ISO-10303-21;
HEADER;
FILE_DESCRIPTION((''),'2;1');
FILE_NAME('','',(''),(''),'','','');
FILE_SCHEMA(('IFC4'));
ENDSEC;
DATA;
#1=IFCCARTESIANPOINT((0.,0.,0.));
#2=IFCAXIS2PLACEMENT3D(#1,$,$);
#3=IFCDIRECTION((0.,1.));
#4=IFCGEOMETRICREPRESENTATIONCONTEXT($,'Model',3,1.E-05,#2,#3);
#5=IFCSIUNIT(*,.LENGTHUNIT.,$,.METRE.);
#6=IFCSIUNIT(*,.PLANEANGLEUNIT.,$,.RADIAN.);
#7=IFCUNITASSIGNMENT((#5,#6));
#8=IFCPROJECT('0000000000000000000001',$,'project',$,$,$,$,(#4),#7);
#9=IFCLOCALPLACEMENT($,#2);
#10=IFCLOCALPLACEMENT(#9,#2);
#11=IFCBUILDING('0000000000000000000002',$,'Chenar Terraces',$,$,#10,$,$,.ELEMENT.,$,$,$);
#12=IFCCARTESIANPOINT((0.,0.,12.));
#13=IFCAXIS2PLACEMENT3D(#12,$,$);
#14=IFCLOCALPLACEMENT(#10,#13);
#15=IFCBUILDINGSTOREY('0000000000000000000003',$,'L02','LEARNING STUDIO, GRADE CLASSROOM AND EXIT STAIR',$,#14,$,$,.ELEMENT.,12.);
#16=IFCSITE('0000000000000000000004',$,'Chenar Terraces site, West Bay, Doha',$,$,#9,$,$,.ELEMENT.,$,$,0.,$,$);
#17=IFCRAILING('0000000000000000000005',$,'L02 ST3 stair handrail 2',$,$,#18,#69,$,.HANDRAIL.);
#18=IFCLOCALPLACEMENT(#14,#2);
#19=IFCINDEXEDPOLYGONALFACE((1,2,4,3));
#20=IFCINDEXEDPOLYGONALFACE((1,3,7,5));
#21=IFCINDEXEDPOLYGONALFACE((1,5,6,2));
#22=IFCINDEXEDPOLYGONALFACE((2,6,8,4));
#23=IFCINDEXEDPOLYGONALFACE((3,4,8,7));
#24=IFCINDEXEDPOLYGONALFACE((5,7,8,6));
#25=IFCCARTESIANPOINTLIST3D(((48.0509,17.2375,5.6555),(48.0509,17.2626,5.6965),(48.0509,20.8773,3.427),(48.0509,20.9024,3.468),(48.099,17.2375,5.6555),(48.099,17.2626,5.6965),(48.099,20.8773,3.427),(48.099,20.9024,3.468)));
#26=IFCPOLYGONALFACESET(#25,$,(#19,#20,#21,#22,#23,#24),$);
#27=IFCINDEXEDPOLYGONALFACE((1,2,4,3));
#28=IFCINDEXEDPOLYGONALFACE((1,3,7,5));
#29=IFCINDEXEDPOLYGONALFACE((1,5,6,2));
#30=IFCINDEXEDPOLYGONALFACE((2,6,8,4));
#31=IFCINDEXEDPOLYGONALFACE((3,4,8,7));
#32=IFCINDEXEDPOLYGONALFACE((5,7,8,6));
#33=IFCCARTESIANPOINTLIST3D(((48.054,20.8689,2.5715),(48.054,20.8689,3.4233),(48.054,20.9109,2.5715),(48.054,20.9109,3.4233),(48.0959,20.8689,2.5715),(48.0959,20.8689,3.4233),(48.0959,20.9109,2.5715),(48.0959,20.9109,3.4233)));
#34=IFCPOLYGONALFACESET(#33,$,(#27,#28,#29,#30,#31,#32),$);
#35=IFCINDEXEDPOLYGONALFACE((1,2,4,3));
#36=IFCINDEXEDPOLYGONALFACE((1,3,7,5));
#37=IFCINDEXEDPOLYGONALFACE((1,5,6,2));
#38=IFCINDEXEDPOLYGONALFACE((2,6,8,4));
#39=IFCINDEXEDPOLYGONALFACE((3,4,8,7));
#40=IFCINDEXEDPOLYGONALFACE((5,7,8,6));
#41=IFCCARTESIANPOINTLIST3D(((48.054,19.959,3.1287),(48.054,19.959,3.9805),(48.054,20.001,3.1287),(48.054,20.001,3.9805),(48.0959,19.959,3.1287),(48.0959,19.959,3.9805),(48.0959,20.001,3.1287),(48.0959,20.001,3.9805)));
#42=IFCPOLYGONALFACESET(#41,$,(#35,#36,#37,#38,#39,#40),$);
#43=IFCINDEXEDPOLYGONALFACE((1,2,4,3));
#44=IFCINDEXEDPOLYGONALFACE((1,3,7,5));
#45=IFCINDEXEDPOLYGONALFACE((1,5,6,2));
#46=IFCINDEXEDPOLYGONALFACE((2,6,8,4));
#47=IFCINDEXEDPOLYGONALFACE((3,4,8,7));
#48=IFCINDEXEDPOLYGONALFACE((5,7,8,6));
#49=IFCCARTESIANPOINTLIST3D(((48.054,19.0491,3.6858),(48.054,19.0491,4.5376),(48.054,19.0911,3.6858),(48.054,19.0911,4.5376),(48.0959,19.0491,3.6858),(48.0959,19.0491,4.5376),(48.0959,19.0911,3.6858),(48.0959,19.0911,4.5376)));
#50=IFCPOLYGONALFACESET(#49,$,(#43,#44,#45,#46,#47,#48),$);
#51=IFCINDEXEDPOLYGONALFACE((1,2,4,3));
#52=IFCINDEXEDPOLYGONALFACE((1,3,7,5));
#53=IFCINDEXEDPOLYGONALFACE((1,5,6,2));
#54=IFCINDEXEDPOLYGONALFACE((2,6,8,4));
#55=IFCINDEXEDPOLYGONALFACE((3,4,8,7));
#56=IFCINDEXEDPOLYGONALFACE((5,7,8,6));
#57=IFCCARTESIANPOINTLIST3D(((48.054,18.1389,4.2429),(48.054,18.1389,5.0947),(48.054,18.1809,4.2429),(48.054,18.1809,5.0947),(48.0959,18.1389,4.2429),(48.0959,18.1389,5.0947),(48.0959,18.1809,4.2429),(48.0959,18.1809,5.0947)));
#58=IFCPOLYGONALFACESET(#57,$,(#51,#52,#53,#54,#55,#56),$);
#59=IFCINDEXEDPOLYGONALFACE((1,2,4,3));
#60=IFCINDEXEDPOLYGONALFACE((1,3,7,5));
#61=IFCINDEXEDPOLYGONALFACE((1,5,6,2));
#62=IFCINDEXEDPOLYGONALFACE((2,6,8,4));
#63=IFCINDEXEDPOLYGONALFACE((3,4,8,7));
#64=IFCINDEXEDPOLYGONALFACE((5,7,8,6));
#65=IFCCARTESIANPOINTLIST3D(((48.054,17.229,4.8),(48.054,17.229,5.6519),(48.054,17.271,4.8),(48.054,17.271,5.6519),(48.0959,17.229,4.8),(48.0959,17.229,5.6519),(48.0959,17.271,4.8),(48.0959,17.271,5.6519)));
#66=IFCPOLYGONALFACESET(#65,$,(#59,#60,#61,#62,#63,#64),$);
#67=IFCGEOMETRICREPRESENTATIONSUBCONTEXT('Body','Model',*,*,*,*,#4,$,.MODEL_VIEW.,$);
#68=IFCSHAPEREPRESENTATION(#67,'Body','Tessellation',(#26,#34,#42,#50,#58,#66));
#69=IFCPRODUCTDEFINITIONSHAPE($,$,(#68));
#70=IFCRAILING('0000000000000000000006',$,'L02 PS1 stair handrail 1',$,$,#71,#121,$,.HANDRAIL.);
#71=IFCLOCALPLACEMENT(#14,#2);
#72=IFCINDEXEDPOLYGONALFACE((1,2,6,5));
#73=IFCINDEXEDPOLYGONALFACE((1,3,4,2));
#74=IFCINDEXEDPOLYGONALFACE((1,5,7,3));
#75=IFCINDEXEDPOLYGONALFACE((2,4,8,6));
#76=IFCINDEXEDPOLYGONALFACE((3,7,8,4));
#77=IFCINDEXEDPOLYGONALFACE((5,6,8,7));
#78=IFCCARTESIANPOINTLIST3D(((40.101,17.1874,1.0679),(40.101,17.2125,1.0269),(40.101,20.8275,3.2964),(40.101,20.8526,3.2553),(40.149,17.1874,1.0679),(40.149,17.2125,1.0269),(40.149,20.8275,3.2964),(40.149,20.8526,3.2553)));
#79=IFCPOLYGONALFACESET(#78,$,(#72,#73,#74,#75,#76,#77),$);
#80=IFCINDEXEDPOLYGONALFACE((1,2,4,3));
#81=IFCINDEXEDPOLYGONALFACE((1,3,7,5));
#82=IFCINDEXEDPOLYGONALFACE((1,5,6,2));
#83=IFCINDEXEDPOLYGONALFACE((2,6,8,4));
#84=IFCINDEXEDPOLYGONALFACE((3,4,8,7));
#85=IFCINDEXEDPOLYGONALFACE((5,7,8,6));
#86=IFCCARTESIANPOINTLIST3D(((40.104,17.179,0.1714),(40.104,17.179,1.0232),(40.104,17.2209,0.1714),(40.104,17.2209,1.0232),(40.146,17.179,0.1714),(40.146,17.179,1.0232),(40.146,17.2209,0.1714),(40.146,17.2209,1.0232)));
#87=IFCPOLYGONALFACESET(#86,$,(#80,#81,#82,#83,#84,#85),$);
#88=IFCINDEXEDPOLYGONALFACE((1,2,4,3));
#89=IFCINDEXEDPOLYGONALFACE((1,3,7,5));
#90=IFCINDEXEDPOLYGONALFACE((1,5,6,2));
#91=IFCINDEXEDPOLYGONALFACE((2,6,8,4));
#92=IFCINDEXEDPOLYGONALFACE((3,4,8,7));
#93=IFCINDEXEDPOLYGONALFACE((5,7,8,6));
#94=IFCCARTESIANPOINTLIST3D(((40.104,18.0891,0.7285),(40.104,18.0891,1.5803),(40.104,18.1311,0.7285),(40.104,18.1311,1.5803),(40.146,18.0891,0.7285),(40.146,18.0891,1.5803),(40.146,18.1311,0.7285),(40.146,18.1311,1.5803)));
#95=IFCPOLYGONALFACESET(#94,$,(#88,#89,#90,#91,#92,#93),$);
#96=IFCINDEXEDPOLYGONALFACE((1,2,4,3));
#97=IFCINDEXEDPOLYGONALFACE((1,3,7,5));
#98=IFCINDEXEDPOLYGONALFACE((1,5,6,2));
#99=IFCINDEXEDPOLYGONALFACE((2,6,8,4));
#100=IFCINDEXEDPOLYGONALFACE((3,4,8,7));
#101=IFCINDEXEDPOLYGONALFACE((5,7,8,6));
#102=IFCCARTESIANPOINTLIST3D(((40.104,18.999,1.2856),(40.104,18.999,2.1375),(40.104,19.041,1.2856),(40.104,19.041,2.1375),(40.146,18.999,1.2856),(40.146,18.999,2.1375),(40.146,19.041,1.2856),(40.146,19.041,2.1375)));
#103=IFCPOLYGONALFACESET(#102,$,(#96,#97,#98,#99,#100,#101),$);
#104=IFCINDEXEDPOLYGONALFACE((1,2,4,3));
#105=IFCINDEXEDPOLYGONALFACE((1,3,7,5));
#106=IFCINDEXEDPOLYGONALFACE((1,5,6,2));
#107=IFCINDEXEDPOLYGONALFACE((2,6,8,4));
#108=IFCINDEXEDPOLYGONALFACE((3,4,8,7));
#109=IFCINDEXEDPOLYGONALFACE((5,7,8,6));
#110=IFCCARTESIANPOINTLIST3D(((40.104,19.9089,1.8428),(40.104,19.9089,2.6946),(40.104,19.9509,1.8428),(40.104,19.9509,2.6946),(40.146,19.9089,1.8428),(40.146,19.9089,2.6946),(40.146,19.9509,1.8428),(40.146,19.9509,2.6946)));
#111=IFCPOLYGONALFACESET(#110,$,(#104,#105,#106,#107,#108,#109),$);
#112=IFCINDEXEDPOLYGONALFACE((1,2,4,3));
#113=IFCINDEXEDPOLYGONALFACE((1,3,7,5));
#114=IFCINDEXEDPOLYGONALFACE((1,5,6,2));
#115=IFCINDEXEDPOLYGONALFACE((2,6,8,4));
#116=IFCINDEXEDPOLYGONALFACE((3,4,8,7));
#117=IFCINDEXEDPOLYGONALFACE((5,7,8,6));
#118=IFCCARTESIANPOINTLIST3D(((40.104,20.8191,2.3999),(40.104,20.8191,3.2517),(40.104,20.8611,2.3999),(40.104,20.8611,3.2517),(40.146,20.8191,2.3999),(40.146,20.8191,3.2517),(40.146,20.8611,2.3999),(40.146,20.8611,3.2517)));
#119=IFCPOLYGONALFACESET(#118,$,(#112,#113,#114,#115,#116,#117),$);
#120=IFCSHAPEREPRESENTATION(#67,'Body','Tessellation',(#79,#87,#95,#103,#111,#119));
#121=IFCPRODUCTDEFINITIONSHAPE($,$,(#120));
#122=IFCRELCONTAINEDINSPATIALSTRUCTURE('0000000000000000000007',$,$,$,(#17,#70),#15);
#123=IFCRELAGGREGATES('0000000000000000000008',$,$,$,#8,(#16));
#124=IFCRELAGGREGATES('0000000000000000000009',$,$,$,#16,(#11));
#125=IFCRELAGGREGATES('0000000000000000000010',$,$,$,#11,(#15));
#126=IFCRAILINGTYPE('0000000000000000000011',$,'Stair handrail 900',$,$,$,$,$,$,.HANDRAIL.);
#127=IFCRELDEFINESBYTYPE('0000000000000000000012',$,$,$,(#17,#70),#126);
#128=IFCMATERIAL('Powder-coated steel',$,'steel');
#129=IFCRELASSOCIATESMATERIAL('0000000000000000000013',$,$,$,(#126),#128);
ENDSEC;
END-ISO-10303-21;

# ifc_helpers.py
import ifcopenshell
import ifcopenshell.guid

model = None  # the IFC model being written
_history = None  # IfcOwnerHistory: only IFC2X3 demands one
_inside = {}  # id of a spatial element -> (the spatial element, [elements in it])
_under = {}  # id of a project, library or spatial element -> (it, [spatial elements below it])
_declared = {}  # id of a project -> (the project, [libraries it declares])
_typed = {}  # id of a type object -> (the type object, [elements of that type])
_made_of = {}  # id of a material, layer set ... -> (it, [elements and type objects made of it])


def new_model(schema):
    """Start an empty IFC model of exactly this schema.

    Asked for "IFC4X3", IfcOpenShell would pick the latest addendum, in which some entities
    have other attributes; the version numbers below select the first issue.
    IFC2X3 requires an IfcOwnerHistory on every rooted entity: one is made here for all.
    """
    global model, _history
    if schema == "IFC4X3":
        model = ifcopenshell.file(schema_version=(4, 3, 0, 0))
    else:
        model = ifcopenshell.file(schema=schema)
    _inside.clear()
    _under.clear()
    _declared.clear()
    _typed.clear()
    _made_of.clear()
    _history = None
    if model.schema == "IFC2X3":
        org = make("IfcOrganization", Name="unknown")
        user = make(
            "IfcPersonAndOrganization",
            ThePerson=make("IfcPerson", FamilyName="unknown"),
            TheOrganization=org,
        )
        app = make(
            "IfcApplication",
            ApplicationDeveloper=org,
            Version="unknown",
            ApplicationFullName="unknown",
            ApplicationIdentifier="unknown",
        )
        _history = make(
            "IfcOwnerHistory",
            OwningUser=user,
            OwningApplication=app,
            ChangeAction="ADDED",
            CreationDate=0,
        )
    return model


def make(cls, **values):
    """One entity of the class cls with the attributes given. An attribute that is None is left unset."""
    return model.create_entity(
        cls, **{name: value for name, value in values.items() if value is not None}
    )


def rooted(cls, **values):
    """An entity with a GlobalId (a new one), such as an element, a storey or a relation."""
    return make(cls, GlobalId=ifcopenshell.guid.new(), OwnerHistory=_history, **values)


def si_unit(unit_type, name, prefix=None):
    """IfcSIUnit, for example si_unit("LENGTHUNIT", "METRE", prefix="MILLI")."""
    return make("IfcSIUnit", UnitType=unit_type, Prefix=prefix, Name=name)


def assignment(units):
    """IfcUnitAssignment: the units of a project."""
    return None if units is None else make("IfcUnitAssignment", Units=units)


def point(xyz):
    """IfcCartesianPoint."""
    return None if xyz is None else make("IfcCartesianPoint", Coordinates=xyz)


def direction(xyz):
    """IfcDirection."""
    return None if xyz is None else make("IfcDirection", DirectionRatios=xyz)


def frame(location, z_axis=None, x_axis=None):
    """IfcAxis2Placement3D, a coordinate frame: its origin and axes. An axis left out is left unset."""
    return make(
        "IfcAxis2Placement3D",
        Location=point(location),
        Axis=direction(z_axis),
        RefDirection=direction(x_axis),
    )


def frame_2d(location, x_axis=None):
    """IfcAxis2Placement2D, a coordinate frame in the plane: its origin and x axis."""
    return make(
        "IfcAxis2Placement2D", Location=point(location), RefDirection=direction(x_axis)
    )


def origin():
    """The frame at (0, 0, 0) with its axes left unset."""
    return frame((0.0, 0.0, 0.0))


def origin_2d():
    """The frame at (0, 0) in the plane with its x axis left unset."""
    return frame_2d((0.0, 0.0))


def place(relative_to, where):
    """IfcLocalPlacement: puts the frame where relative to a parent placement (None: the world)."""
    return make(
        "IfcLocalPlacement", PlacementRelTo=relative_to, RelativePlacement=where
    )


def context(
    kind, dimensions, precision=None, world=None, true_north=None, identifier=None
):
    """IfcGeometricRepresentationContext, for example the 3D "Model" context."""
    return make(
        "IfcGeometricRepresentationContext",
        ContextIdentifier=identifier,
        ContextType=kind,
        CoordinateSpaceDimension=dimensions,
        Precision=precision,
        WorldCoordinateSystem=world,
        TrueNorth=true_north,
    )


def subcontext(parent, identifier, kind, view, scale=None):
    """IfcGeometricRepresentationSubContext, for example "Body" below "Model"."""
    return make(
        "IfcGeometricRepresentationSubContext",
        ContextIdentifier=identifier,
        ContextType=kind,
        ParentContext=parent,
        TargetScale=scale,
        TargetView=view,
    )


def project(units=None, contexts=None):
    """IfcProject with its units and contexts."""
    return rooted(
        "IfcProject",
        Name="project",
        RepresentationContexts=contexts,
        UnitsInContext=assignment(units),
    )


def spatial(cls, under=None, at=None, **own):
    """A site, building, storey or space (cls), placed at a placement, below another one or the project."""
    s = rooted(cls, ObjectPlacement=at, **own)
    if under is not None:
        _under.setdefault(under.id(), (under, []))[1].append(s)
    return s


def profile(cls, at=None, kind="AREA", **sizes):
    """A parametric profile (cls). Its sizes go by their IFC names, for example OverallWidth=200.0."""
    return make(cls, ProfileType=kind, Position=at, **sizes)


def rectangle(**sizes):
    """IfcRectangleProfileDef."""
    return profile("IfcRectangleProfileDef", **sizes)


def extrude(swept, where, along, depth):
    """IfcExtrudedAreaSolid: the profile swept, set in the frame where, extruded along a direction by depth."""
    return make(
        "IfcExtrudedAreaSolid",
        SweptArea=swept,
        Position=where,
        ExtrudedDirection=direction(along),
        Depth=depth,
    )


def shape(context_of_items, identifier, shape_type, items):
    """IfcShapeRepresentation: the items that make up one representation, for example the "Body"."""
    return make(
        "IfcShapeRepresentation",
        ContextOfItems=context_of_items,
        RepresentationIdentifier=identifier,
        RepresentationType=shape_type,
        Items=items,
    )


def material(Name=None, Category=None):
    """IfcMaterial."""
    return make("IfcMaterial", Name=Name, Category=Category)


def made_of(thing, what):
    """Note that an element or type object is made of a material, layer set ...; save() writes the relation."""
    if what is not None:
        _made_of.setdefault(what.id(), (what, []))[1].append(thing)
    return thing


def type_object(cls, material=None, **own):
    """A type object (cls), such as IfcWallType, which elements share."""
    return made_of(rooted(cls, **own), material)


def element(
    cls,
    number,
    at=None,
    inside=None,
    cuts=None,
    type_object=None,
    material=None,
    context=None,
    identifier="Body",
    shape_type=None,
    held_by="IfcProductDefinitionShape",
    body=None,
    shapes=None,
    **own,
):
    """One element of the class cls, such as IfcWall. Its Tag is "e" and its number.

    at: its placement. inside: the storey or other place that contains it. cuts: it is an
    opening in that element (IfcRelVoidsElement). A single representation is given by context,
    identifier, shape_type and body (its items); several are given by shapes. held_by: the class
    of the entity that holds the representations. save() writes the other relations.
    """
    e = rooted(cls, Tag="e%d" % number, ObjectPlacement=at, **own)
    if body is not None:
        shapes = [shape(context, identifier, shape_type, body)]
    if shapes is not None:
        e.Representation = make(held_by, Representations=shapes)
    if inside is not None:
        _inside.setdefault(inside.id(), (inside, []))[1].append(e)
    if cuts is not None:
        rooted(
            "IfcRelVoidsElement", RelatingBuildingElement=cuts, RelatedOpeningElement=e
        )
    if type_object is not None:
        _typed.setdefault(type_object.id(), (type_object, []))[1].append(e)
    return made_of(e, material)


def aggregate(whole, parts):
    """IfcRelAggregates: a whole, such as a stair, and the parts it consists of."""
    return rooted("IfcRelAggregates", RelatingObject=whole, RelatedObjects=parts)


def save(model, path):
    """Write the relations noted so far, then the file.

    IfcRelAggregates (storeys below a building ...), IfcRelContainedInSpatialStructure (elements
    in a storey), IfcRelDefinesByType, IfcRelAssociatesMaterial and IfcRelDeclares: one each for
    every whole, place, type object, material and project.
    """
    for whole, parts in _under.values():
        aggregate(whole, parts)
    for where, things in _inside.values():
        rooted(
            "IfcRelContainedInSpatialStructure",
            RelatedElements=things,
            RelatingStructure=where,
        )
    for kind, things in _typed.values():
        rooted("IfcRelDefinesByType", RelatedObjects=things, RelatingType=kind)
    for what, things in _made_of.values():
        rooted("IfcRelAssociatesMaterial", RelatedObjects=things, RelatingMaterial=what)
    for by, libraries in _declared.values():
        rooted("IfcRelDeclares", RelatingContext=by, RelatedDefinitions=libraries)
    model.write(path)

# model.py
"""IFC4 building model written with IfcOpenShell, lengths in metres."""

from ifc_helpers import new_model, si_unit, direction, frame, origin, origin_2d, place, context, subcontext, project, spatial, rectangle, extrude, material, type_object, element, save


model = new_model("IFC4")

# Units and contexts
model_context = context("Model", 3, precision=1e-05, world=origin(), true_north=direction((0.0, 1.0)))
body_context = subcontext(model_context, "Body", "Model", "MODEL_VIEW")
ifc_project = project(units=[si_unit("LENGTHUNIT", "METRE"), si_unit("PLANEANGLEUNIT", "RADIAN")], contexts=[model_context])

# Site, building, storey
site_placement = place(None, origin())
site = spatial("IfcSite", under=ifc_project, at=site_placement, Name="Chenar Terraces site, West Bay, Doha", CompositionType="ELEMENT", RefElevation=0.0)
building_placement = place(site_placement, origin())
building = spatial("IfcBuilding", under=site, at=building_placement, Name="Chenar Terraces", CompositionType="ELEMENT")
storey_placement = place(building_placement, frame((0.0, 0.0, 12.0)))
storey = spatial("IfcBuildingStorey", under=building, at=storey_placement, Name="L02", Description="LEARNING STUDIO, GRADE CLASSROOM AND EXIT STAIR", CompositionType="ELEMENT", Elevation=12.0)

# Railings
ifc_material_1 = material(Name="Powder-coated steel", Category="steel")
railing_type_1 = type_object("IfcRailingType", Name="Stair handrail 900", PredefinedType="HANDRAIL", material=ifc_material_1)
railing_1_placement = place(storey_placement, frame((48.075, 20.8899, 2.5715)))
element("IfcRailing", 1, at=railing_1_placement, inside=storey, type_object=railing_type_1, Name="L02 ST3 stair handrail 2", PredefinedType="HANDRAIL", context=body_context, shape_type="SweptSolid", body=[
    extrude(rectangle(XDim=0.0481, YDim=0.0481, at=origin_2d()), frame((0.0, 0.0, 0.876), z_axis=(0.0, -0.85285, 0.522156), x_axis=(1.0, 0.0, 0.0)), (0.0, 0.0, 1.0), 4.2678),
    extrude(rectangle(XDim=0.042, YDim=0.042, at=origin_2d()), origin(), (0.0, 0.0, 1.0), 0.8518),
    extrude(rectangle(XDim=0.042, YDim=0.042, at=origin_2d()), frame((0.0, -0.9099, 0.5571)), (0.0, 0.0, 1.0), 0.8518),
    extrude(rectangle(XDim=0.042, YDim=0.042, at=origin_2d()), frame((0.0, -1.8198, 1.1143)), (0.0, 0.0, 1.0), 0.8518),
    extrude(rectangle(XDim=0.042, YDim=0.042, at=origin_2d()), frame((0.0, -2.73, 1.6714)), (0.0, 0.0, 1.0), 0.8518),
    extrude(rectangle(XDim=0.042, YDim=0.042, at=origin_2d()), frame((0.0, -3.6399, 2.2285)), (0.0, 0.0, 1.0), 0.8518),
])
railing_2_placement = place(storey_placement, frame((40.125, 17.2, 0.1714)))
element("IfcRailing", 2, at=railing_2_placement, inside=storey, type_object=railing_type_1, Name="L02 PS1 stair handrail 1", PredefinedType="HANDRAIL", context=body_context, shape_type="SweptSolid", body=[
    extrude(rectangle(XDim=0.0481, YDim=0.0481, at=origin_2d()), frame((0.0, 0.0, 0.876), z_axis=(0.0, 0.852866, 0.52213), x_axis=(-1.0, 0.0, 0.0)), (0.0, 0.0, 1.0), 4.2681),
    extrude(rectangle(XDim=0.042, YDim=0.042, at=origin_2d()), origin(), (0.0, 0.0, 1.0), 0.8518),
    extrude(rectangle(XDim=0.042, YDim=0.042, at=origin_2d()), frame((0.0, 0.9102, 0.5571)), (0.0, 0.0, 1.0), 0.8518),
    extrude(rectangle(XDim=0.042, YDim=0.042, at=origin_2d()), frame((0.0, 1.8201, 1.1143)), (0.0, 0.0, 1.0), 0.8518),
    extrude(rectangle(XDim=0.042, YDim=0.042, at=origin_2d()), frame((0.0, 2.73, 1.6714)), (0.0, 0.0, 1.0), 0.8518),
    extrude(rectangle(XDim=0.042, YDim=0.042, at=origin_2d()), frame((0.0, 3.6401, 2.2285)), (0.0, 0.0, 1.0), 0.8518),
])

save(model, "model.ifc")
